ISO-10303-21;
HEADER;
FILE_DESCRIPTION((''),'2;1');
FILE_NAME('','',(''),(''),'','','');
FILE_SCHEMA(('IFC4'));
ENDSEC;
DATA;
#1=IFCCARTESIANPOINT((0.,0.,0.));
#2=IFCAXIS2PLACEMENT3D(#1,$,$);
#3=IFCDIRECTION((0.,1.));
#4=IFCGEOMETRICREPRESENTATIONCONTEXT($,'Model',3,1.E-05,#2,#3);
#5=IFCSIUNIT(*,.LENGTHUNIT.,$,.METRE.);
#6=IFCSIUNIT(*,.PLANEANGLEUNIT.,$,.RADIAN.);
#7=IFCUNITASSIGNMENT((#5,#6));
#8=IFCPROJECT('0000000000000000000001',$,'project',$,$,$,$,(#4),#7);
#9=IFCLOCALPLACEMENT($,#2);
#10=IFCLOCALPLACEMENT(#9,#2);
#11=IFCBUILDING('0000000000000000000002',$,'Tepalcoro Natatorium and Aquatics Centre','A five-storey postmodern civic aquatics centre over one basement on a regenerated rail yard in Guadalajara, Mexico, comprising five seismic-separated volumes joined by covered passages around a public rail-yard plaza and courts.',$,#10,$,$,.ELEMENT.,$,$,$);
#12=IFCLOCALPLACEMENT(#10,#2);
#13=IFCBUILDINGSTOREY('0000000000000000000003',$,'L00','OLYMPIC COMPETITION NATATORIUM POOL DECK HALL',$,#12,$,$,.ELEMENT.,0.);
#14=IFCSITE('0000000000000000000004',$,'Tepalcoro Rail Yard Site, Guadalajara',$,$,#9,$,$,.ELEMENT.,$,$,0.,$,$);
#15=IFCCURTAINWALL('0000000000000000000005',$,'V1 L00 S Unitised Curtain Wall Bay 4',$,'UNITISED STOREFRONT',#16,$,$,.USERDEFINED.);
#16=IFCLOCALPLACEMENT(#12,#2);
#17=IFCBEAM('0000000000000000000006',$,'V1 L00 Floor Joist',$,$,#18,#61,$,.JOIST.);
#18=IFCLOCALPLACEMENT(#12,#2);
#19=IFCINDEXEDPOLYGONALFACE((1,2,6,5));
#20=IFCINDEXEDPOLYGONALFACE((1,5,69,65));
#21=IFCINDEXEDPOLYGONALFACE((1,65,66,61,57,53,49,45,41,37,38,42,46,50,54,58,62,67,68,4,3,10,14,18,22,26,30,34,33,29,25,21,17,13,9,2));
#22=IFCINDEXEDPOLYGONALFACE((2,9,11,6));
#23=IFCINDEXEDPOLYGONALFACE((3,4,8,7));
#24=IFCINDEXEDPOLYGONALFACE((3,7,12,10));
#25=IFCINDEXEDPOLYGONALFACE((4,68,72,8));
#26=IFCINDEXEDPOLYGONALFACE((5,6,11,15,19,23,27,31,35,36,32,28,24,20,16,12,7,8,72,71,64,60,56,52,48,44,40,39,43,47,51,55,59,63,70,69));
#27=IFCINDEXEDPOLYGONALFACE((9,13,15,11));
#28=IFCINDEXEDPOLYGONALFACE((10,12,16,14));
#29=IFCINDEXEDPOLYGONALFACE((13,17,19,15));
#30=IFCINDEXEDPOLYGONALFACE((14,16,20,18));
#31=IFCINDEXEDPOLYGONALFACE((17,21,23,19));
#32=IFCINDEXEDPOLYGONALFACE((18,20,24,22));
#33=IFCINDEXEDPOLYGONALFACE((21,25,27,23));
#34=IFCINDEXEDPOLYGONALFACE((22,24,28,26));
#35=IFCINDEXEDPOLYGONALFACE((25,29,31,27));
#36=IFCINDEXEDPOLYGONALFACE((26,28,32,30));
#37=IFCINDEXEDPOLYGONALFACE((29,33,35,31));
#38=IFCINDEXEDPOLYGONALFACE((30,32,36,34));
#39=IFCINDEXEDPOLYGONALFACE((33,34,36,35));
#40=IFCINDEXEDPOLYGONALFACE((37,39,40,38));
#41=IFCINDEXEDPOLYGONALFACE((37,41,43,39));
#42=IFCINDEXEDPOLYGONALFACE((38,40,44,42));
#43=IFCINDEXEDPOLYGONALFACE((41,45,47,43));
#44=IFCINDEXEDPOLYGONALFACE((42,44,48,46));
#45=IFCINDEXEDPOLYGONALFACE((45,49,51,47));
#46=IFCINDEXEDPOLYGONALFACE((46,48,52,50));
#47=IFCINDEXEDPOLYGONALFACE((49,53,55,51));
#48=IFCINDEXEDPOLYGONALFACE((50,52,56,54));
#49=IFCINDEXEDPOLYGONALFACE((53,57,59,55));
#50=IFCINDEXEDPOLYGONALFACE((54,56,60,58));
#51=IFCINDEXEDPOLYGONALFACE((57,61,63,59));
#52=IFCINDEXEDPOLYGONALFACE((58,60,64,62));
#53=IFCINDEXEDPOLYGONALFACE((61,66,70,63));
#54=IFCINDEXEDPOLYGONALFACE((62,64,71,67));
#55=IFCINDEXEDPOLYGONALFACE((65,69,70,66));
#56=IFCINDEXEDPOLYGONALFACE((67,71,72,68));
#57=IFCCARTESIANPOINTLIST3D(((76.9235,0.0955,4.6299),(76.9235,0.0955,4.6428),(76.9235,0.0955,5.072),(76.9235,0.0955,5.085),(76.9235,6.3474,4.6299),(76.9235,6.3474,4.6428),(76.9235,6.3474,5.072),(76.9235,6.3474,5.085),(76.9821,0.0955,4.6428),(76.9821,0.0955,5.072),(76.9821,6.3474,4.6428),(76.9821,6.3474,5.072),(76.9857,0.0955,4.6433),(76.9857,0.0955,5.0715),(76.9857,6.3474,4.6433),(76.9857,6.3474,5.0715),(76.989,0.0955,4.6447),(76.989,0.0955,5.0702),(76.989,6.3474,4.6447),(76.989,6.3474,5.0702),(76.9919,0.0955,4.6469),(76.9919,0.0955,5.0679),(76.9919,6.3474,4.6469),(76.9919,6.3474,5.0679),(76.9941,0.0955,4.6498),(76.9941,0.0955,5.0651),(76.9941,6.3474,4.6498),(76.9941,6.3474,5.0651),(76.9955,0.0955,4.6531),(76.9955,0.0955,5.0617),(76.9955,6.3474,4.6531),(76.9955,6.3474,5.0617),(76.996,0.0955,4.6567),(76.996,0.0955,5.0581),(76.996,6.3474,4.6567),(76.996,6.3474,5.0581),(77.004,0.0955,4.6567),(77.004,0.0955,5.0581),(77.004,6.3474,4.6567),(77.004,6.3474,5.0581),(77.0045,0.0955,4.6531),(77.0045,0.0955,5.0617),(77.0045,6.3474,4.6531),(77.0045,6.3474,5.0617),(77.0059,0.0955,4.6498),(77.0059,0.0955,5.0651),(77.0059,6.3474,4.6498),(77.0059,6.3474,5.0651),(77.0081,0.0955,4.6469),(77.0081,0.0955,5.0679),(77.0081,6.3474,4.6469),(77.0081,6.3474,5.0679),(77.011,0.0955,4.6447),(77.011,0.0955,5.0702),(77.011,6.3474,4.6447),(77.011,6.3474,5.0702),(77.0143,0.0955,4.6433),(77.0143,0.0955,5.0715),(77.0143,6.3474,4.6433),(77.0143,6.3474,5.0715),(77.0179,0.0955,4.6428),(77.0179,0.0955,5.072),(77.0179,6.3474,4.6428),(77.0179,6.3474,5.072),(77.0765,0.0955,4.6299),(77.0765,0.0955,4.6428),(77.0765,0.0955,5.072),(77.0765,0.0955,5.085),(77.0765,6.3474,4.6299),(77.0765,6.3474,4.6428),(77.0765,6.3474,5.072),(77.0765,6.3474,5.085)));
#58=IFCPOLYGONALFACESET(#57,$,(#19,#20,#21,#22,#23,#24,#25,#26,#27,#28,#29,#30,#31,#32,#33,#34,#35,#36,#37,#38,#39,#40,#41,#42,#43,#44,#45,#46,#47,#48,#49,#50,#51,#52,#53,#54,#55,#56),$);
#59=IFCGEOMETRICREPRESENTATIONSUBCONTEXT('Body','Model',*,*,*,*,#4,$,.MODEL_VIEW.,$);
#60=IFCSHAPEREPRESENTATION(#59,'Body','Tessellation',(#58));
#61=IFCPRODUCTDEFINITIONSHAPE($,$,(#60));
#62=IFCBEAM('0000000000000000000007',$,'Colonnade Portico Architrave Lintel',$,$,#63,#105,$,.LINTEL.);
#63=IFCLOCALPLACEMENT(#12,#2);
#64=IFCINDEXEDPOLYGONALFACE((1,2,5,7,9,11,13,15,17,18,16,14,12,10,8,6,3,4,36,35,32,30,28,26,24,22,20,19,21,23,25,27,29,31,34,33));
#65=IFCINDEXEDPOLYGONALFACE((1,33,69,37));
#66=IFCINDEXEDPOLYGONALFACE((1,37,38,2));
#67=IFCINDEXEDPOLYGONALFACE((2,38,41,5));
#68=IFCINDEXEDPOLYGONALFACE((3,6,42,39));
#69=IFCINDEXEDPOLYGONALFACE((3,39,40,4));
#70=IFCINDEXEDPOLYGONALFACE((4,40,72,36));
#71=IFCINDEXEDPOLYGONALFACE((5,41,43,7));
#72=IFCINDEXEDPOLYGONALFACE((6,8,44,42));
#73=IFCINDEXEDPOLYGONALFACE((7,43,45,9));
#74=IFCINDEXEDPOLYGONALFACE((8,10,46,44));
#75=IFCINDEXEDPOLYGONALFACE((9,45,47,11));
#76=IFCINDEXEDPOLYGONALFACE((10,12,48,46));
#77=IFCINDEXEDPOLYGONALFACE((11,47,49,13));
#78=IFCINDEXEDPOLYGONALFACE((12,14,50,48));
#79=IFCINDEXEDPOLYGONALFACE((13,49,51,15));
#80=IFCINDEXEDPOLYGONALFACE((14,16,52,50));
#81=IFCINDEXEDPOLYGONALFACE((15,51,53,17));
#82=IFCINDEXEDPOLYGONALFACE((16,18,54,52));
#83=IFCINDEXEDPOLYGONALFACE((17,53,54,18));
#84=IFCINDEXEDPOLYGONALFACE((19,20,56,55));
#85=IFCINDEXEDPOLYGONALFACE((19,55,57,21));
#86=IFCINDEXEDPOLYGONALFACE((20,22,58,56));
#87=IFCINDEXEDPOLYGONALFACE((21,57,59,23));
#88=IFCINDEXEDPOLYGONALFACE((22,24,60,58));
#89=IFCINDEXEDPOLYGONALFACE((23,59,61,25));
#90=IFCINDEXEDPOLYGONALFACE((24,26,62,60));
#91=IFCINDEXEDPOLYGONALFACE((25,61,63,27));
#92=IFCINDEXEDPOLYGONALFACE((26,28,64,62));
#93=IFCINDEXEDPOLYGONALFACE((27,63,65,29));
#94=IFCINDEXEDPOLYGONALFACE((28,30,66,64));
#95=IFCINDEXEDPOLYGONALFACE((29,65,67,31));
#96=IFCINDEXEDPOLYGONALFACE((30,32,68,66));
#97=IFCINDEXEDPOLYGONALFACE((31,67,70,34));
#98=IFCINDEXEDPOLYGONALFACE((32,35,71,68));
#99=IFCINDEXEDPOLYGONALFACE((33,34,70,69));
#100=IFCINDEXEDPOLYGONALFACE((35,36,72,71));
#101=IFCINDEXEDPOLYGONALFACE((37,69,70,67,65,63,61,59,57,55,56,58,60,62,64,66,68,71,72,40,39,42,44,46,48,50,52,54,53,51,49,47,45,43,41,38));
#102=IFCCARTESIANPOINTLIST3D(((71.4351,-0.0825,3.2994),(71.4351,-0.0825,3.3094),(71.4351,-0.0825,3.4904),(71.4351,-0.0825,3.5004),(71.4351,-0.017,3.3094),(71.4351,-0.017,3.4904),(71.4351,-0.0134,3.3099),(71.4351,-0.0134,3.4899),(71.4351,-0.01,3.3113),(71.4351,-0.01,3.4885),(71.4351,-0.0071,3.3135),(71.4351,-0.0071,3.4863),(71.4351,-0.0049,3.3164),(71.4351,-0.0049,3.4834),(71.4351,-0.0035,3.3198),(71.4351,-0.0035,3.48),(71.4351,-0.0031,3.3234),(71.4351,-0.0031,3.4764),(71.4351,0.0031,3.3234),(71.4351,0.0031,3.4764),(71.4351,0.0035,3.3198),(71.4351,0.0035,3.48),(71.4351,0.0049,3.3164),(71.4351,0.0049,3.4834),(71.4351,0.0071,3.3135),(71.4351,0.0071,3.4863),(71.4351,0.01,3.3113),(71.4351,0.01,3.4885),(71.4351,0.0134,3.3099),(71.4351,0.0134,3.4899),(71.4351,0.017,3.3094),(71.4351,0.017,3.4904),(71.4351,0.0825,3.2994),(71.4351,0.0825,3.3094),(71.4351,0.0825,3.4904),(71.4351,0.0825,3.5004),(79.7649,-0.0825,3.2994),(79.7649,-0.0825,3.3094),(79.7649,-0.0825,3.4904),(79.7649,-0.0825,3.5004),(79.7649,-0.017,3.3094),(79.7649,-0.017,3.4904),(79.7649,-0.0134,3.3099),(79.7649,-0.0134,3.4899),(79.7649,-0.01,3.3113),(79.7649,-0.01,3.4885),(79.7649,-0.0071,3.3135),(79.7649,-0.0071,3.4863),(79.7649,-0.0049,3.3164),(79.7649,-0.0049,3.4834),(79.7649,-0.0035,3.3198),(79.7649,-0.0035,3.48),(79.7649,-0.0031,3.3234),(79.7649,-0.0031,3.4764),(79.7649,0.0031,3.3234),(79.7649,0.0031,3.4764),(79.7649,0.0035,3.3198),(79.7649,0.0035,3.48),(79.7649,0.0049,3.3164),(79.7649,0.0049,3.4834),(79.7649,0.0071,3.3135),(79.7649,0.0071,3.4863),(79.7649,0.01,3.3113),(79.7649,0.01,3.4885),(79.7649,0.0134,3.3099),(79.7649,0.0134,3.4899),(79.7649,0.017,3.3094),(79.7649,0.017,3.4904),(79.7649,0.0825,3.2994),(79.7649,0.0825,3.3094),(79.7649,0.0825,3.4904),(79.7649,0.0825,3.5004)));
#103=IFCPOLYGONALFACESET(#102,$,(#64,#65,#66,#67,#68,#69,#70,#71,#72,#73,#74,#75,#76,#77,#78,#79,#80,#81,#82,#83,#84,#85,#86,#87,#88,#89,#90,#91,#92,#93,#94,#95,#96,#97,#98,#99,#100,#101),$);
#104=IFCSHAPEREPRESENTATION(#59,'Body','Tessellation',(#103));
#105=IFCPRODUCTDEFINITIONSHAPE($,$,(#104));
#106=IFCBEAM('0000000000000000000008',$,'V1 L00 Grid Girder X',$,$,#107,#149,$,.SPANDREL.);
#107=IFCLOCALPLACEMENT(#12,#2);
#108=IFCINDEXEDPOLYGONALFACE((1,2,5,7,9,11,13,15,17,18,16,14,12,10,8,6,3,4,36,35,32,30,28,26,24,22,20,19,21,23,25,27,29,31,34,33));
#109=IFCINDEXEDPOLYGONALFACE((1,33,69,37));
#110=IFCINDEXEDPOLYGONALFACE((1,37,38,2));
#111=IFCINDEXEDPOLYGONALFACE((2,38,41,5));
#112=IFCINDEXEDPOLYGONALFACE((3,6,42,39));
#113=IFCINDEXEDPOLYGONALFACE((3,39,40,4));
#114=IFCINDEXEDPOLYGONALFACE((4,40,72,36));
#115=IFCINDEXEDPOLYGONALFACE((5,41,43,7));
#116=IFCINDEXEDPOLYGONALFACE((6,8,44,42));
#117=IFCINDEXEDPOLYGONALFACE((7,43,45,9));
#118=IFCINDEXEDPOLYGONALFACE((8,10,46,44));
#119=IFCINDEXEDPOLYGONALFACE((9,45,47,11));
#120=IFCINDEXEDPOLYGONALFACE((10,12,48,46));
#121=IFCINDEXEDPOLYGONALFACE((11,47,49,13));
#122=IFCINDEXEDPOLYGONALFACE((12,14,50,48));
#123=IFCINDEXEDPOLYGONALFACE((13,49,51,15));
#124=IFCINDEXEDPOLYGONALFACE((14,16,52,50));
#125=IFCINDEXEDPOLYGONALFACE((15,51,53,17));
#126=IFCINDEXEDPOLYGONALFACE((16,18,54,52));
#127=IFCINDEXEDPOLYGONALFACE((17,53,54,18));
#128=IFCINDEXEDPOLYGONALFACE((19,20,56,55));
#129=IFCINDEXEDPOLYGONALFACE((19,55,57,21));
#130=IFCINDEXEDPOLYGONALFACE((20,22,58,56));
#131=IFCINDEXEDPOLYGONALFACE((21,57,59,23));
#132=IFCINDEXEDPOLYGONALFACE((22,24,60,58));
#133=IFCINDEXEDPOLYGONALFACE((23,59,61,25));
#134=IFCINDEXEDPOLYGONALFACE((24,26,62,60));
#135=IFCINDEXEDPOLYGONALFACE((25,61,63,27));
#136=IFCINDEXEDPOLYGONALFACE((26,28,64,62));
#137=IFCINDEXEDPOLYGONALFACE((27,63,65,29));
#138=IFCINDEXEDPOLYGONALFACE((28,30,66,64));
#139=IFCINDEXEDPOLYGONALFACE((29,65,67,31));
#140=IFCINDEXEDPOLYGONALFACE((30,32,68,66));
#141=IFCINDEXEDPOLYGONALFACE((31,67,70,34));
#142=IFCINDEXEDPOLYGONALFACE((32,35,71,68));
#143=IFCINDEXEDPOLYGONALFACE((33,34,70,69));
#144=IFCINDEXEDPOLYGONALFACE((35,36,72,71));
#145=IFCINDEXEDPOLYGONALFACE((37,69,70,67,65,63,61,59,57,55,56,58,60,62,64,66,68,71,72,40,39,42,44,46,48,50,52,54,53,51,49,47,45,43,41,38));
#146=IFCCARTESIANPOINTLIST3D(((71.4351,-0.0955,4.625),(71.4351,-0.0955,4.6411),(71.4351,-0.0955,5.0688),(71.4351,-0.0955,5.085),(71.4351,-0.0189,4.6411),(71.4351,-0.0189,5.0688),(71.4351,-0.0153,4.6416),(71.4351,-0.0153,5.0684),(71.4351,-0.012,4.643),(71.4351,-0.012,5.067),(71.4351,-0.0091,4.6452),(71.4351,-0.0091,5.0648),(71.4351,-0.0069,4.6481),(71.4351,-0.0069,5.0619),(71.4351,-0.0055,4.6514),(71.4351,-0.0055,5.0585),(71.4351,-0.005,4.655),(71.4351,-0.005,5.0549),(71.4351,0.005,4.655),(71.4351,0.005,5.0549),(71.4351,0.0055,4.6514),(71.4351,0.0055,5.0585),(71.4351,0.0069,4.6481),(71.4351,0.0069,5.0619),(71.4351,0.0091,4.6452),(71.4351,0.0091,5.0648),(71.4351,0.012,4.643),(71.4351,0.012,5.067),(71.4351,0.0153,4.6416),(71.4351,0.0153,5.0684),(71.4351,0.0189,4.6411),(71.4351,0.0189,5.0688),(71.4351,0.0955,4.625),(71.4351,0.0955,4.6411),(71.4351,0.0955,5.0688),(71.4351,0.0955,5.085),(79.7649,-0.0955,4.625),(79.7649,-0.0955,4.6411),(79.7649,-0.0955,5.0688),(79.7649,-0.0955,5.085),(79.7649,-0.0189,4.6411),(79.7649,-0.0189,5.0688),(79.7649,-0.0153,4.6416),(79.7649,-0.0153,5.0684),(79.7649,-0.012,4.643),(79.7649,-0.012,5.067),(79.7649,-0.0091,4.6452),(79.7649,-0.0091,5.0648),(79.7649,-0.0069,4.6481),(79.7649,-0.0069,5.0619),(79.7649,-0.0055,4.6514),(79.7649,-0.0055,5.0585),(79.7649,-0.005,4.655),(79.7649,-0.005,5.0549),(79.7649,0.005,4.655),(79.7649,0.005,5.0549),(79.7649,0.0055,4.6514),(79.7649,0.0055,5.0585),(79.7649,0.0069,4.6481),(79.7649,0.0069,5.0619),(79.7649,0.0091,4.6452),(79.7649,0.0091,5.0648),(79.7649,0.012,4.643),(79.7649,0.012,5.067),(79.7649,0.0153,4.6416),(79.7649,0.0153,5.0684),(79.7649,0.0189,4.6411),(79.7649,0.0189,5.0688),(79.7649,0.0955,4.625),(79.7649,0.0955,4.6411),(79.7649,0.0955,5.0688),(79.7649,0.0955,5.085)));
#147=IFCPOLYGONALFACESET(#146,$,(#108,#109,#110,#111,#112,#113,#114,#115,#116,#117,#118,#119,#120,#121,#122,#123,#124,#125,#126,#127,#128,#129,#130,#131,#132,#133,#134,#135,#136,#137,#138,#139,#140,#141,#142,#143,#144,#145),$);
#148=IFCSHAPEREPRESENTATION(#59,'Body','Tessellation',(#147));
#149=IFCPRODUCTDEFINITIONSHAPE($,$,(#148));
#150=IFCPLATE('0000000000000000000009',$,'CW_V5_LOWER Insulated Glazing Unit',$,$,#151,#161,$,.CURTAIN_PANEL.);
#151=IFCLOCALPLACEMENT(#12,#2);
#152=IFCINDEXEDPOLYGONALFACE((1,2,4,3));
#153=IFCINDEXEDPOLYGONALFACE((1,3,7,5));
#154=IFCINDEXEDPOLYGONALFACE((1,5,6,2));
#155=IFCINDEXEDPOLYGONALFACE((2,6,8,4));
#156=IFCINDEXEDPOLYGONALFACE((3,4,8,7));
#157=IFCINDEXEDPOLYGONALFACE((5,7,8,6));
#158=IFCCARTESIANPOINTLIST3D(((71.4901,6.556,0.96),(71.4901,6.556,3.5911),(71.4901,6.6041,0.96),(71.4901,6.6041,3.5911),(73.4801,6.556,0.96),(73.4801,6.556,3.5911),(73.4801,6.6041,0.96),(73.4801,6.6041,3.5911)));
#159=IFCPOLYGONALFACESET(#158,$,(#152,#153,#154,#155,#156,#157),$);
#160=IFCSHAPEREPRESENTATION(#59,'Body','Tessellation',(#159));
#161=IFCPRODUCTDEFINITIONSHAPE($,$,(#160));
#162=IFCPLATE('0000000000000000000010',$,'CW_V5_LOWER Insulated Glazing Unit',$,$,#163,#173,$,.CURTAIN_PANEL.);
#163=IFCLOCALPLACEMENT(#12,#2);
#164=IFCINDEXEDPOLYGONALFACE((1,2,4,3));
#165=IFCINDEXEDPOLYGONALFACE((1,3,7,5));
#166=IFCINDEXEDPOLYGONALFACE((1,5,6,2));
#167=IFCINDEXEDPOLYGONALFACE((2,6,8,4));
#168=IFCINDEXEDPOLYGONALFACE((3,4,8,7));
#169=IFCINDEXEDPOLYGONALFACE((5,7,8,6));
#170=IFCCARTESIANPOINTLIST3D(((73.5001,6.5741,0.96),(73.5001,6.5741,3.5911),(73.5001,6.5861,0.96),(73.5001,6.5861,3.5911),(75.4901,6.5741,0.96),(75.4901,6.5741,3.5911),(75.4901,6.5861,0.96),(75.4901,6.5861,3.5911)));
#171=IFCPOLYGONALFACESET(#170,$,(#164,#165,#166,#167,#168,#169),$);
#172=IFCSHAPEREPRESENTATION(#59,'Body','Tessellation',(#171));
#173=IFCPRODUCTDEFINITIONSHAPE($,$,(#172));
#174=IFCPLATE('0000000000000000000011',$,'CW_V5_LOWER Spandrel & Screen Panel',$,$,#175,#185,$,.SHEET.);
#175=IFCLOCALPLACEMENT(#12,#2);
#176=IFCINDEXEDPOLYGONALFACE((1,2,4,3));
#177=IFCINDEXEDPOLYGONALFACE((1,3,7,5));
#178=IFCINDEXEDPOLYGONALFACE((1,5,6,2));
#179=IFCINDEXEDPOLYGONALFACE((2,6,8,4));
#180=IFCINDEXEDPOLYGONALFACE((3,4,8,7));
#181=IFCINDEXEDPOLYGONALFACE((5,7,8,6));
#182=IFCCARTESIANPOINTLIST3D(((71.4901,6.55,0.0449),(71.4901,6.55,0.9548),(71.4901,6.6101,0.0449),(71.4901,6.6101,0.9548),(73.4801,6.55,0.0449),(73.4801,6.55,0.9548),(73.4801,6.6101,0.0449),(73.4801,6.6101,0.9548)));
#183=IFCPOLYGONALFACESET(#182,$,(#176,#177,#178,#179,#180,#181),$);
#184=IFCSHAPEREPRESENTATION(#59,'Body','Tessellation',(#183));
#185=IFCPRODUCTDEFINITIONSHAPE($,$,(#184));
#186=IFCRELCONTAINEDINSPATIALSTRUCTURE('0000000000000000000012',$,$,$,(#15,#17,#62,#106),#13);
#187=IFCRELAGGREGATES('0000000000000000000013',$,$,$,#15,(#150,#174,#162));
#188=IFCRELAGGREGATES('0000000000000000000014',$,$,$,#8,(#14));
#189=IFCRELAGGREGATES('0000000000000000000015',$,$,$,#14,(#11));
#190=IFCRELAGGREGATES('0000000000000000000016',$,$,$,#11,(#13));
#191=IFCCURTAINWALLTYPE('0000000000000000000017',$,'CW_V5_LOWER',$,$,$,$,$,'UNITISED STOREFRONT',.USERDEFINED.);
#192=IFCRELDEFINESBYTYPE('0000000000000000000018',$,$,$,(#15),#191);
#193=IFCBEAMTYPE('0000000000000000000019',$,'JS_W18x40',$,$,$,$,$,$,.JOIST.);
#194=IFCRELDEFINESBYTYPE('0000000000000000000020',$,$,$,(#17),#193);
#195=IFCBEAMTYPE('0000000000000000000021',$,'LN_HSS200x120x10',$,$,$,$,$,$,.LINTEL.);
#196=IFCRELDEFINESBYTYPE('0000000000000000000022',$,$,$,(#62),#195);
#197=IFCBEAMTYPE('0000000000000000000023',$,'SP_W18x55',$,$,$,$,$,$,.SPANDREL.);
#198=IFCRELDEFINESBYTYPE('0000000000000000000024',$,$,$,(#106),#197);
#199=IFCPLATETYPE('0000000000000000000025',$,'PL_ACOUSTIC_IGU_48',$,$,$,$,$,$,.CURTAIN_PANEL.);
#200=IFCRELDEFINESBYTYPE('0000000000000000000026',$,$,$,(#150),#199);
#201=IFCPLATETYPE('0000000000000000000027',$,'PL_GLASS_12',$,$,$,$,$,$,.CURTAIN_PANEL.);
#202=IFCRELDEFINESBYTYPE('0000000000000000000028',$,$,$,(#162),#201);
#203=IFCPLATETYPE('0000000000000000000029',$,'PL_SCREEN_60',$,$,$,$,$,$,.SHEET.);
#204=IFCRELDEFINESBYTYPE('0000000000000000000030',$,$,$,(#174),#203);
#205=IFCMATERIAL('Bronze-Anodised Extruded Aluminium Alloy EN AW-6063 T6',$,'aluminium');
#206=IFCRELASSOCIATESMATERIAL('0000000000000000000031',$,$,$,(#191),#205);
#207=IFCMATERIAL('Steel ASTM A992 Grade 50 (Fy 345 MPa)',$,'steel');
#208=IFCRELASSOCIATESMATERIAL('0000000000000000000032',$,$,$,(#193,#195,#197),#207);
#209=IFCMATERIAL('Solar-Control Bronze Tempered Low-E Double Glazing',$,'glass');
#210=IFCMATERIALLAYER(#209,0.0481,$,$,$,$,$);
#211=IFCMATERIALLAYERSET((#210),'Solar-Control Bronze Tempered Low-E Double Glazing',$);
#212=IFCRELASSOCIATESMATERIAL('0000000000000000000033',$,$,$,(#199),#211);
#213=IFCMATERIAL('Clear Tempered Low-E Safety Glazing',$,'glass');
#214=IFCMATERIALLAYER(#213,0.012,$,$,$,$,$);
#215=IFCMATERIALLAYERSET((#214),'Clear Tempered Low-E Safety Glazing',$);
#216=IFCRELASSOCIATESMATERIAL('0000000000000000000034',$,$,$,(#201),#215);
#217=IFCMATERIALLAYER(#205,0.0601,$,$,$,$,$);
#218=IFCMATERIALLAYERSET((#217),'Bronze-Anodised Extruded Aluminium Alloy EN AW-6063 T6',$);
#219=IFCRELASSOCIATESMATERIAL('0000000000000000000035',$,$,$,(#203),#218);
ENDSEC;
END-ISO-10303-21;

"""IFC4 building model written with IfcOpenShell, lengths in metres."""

from ifc_helpers import new_model, si_unit, direction, frame, origin, origin_2d, place, context, subcontext, project, spatial, rectangle, i_section, extrude, material, layer, layer_set, material_profile, profile_set, type_object, element, aggregate, save


model = new_model("IFC4")

# Units and contexts
model_context = context("Model", 3, precision=1e-05, world=origin(), true_north=direction((0.0, 1.0)))
body_context = subcontext(model_context, "Body", "Model", "MODEL_VIEW")
ifc_project = project(units=[si_unit("LENGTHUNIT", "METRE"), si_unit("PLANEANGLEUNIT", "RADIAN")], contexts=[model_context])

# Site, building, storey
site_placement = place(None, origin())
site = spatial("IfcSite", under=ifc_project, at=site_placement, Name="Tepalcoro Rail Yard Site, Guadalajara", CompositionType="ELEMENT", RefElevation=0.0)
building_placement = place(site_placement, origin())
building = spatial("IfcBuilding", under=site, at=building_placement, Name="Tepalcoro Natatorium and Aquatics Centre", Description="A five-storey postmodern civic aquatics centre over one basement on a regenerated rail yard in Guadalajara, Mexico, comprising five seismic-separated volumes joined by covered passages around a public rail-yard plaza and courts.", CompositionType="ELEMENT")
storey_placement = place(building_placement, origin())
storey = spatial("IfcBuildingStorey", under=building, at=storey_placement, Name="L00", Description="OLYMPIC COMPETITION NATATORIUM POOL DECK HALL", CompositionType="ELEMENT", Elevation=0.0)

# Shared definitions
ifc_material_1 = material(Name="Steel ASTM A992 Grade 50 (Fy 345 MPa)", Category="steel")

# Curtain wall
ifc_material_2 = material(Name="Bronze-Anodised Extruded Aluminium Alloy EN AW-6063 T6", Category="aluminium")
curtain_wall_type = type_object("IfcCurtainWallType", Name="CW_V5_LOWER", ElementType="UNITISED STOREFRONT", PredefinedType="USERDEFINED", material=ifc_material_2)
curtain_wall_placement = place(storey_placement, origin())
curtain_wall = element("IfcCurtainWall", 1, at=curtain_wall_placement, inside=storey, type_object=curtain_wall_type, Name="V1 L00 S Unitised Curtain Wall Bay 4", ObjectType="UNITISED STOREFRONT", PredefinedType="USERDEFINED")

# Beams
ifc_material_profile_1 = material_profile(ifc_material_1, i_section(OverallWidth=0.1531, OverallDepth=0.4551, WebThickness=0.0081, FlangeThickness=0.0129, FilletRadius=0.0139, at=origin_2d()), Name="W18X40")
ifc_profile_set_1 = profile_set([ifc_material_profile_1], Name="Steel ASTM A992 Grade 50 (Fy 345 MPa)")
beam_type_1 = type_object("IfcBeamType", Name="JS_W18x40", PredefinedType="JOIST", material=ifc_profile_set_1)
beam_1_placement = place(storey_placement, frame((77.0, 0.0955, 4.8574), z_axis=(0.0, 1.0, 0.0), x_axis=(-1.0, 0.0, 0.0)))
element("IfcBeam", 2, at=beam_1_placement, inside=storey, type_object=beam_type_1, Name="V1 L00 Floor Joist", PredefinedType="JOIST", context=body_context, shape_type="SweptSolid", body=[
    extrude(i_section(OverallWidth=0.1531, OverallDepth=0.4551, WebThickness=0.0081, FlangeThickness=0.0129, FilletRadius=0.0139, at=origin_2d()), origin(), (0.0, 0.0, 1.0), 6.252),
])
ifc_material_profile_2 = material_profile(ifc_material_1, i_section(OverallWidth=0.165, OverallDepth=0.2009, WebThickness=0.0061, FlangeThickness=0.01, FilletRadius=0.0139, at=origin_2d()), Name="W8X24")
ifc_profile_set_2 = profile_set([ifc_material_profile_2], Name="Steel ASTM A992 Grade 50 (Fy 345 MPa)")
beam_type_2 = type_object("IfcBeamType", Name="LN_HSS200x120x10", PredefinedType="LINTEL", material=ifc_profile_set_2)
beam_2_placement = place(storey_placement, frame((71.4351, 0.0, 3.3999), z_axis=(1.0, 0.0, 0.0), x_axis=(0.0, 1.0, 0.0)))
element("IfcBeam", 3, at=beam_2_placement, inside=storey, type_object=beam_type_2, Name="Colonnade Portico Architrave Lintel", PredefinedType="LINTEL", context=body_context, shape_type="SweptSolid", body=[
    extrude(i_section(OverallWidth=0.165, OverallDepth=0.2009, WebThickness=0.0061, FlangeThickness=0.01, FilletRadius=0.0139, at=origin_2d()), origin(), (0.0, 0.0, 1.0), 8.3298),
])
ifc_material_profile_3 = material_profile(ifc_material_1, i_section(OverallWidth=0.1909, OverallDepth=0.46, WebThickness=0.01, FlangeThickness=0.0161, FilletRadius=0.0139, at=origin_2d()), Name="W18X55")
ifc_profile_set_3 = profile_set([ifc_material_profile_3], Name="Steel ASTM A992 Grade 50 (Fy 345 MPa)")
beam_type_3 = type_object("IfcBeamType", Name="SP_W18x55", PredefinedType="SPANDREL", material=ifc_profile_set_3)
beam_3_placement = place(storey_placement, frame((71.4351, 0.0, 4.855), z_axis=(1.0, 0.0, 0.0), x_axis=(0.0, 1.0, 0.0)))
element("IfcBeam", 4, at=beam_3_placement, inside=storey, type_object=beam_type_3, Name="V1 L00 Grid Girder X", PredefinedType="SPANDREL", context=body_context, shape_type="SweptSolid", body=[
    extrude(i_section(OverallWidth=0.1909, OverallDepth=0.46, WebThickness=0.01, FlangeThickness=0.0161, FilletRadius=0.0139, at=origin_2d()), origin(), (0.0, 0.0, 1.0), 8.3298),
])

# Plates
ifc_material_3 = material(Name="Solar-Control Bronze Tempered Low-E Double Glazing", Category="glass")
ifc_layer_1 = layer(ifc_material_3, 0.0481)
ifc_layer_set_1 = layer_set([ifc_layer_1], Name="Solar-Control Bronze Tempered Low-E Double Glazing")
plate_type_1 = type_object("IfcPlateType", Name="PL_ACOUSTIC_IGU_48", PredefinedType="CURTAIN_PANEL", material=ifc_layer_set_1)
plate_1_placement = place(storey_placement, frame((72.4851, 6.5801, 0.96), z_axis=(0.0, 0.0, 1.0), x_axis=(1.0, 0.0, 0.0)))
plate_1 = element("IfcPlate", 5, at=plate_1_placement, type_object=plate_type_1, Name="CW_V5_LOWER Insulated Glazing Unit", PredefinedType="CURTAIN_PANEL", context=body_context, shape_type="SweptSolid", body=[
    extrude(rectangle(XDim=1.99, YDim=0.0481, at=origin_2d()), origin(), (0.0, 0.0, 1.0), 2.6311),
])
ifc_material_4 = material(Name="Clear Tempered Low-E Safety Glazing", Category="glass")
ifc_layer_2 = layer(ifc_material_4, 0.012)
ifc_layer_set_2 = layer_set([ifc_layer_2], Name="Clear Tempered Low-E Safety Glazing")
plate_type_2 = type_object("IfcPlateType", Name="PL_GLASS_12", PredefinedType="CURTAIN_PANEL", material=ifc_layer_set_2)
plate_2_placement = place(storey_placement, frame((74.4951, 6.5801, 0.96), z_axis=(0.0, 0.0, 1.0), x_axis=(1.0, 0.0, 0.0)))
plate_2 = element("IfcPlate", 6, at=plate_2_placement, type_object=plate_type_2, Name="CW_V5_LOWER Insulated Glazing Unit", PredefinedType="CURTAIN_PANEL", context=body_context, shape_type="SweptSolid", body=[
    extrude(rectangle(XDim=1.99, YDim=0.012, at=origin_2d()), origin(), (0.0, 0.0, 1.0), 2.6311),
])
ifc_layer_3 = layer(ifc_material_2, 0.0601)
ifc_layer_set_3 = layer_set([ifc_layer_3], Name="Bronze-Anodised Extruded Aluminium Alloy EN AW-6063 T6")
plate_type_3 = type_object("IfcPlateType", Name="PL_SCREEN_60", PredefinedType="SHEET", material=ifc_layer_set_3)
plate_3_placement = place(storey_placement, frame((72.4851, 6.5801, 0.0449), z_axis=(0.0, 0.0, 1.0), x_axis=(1.0, 0.0, 0.0)))
plate_3 = element("IfcPlate", 7, at=plate_3_placement, type_object=plate_type_3, Name="CW_V5_LOWER Spandrel & Screen Panel", PredefinedType="SHEET", context=body_context, shape_type="SweptSolid", body=[
    extrude(rectangle(XDim=1.99, YDim=0.0601, at=origin_2d()), origin(), (0.0, 0.0, 1.0), 0.9099),
])
aggregate(curtain_wall, [plate_1, plate_3, plate_2])

save(model, "model.ifc")
